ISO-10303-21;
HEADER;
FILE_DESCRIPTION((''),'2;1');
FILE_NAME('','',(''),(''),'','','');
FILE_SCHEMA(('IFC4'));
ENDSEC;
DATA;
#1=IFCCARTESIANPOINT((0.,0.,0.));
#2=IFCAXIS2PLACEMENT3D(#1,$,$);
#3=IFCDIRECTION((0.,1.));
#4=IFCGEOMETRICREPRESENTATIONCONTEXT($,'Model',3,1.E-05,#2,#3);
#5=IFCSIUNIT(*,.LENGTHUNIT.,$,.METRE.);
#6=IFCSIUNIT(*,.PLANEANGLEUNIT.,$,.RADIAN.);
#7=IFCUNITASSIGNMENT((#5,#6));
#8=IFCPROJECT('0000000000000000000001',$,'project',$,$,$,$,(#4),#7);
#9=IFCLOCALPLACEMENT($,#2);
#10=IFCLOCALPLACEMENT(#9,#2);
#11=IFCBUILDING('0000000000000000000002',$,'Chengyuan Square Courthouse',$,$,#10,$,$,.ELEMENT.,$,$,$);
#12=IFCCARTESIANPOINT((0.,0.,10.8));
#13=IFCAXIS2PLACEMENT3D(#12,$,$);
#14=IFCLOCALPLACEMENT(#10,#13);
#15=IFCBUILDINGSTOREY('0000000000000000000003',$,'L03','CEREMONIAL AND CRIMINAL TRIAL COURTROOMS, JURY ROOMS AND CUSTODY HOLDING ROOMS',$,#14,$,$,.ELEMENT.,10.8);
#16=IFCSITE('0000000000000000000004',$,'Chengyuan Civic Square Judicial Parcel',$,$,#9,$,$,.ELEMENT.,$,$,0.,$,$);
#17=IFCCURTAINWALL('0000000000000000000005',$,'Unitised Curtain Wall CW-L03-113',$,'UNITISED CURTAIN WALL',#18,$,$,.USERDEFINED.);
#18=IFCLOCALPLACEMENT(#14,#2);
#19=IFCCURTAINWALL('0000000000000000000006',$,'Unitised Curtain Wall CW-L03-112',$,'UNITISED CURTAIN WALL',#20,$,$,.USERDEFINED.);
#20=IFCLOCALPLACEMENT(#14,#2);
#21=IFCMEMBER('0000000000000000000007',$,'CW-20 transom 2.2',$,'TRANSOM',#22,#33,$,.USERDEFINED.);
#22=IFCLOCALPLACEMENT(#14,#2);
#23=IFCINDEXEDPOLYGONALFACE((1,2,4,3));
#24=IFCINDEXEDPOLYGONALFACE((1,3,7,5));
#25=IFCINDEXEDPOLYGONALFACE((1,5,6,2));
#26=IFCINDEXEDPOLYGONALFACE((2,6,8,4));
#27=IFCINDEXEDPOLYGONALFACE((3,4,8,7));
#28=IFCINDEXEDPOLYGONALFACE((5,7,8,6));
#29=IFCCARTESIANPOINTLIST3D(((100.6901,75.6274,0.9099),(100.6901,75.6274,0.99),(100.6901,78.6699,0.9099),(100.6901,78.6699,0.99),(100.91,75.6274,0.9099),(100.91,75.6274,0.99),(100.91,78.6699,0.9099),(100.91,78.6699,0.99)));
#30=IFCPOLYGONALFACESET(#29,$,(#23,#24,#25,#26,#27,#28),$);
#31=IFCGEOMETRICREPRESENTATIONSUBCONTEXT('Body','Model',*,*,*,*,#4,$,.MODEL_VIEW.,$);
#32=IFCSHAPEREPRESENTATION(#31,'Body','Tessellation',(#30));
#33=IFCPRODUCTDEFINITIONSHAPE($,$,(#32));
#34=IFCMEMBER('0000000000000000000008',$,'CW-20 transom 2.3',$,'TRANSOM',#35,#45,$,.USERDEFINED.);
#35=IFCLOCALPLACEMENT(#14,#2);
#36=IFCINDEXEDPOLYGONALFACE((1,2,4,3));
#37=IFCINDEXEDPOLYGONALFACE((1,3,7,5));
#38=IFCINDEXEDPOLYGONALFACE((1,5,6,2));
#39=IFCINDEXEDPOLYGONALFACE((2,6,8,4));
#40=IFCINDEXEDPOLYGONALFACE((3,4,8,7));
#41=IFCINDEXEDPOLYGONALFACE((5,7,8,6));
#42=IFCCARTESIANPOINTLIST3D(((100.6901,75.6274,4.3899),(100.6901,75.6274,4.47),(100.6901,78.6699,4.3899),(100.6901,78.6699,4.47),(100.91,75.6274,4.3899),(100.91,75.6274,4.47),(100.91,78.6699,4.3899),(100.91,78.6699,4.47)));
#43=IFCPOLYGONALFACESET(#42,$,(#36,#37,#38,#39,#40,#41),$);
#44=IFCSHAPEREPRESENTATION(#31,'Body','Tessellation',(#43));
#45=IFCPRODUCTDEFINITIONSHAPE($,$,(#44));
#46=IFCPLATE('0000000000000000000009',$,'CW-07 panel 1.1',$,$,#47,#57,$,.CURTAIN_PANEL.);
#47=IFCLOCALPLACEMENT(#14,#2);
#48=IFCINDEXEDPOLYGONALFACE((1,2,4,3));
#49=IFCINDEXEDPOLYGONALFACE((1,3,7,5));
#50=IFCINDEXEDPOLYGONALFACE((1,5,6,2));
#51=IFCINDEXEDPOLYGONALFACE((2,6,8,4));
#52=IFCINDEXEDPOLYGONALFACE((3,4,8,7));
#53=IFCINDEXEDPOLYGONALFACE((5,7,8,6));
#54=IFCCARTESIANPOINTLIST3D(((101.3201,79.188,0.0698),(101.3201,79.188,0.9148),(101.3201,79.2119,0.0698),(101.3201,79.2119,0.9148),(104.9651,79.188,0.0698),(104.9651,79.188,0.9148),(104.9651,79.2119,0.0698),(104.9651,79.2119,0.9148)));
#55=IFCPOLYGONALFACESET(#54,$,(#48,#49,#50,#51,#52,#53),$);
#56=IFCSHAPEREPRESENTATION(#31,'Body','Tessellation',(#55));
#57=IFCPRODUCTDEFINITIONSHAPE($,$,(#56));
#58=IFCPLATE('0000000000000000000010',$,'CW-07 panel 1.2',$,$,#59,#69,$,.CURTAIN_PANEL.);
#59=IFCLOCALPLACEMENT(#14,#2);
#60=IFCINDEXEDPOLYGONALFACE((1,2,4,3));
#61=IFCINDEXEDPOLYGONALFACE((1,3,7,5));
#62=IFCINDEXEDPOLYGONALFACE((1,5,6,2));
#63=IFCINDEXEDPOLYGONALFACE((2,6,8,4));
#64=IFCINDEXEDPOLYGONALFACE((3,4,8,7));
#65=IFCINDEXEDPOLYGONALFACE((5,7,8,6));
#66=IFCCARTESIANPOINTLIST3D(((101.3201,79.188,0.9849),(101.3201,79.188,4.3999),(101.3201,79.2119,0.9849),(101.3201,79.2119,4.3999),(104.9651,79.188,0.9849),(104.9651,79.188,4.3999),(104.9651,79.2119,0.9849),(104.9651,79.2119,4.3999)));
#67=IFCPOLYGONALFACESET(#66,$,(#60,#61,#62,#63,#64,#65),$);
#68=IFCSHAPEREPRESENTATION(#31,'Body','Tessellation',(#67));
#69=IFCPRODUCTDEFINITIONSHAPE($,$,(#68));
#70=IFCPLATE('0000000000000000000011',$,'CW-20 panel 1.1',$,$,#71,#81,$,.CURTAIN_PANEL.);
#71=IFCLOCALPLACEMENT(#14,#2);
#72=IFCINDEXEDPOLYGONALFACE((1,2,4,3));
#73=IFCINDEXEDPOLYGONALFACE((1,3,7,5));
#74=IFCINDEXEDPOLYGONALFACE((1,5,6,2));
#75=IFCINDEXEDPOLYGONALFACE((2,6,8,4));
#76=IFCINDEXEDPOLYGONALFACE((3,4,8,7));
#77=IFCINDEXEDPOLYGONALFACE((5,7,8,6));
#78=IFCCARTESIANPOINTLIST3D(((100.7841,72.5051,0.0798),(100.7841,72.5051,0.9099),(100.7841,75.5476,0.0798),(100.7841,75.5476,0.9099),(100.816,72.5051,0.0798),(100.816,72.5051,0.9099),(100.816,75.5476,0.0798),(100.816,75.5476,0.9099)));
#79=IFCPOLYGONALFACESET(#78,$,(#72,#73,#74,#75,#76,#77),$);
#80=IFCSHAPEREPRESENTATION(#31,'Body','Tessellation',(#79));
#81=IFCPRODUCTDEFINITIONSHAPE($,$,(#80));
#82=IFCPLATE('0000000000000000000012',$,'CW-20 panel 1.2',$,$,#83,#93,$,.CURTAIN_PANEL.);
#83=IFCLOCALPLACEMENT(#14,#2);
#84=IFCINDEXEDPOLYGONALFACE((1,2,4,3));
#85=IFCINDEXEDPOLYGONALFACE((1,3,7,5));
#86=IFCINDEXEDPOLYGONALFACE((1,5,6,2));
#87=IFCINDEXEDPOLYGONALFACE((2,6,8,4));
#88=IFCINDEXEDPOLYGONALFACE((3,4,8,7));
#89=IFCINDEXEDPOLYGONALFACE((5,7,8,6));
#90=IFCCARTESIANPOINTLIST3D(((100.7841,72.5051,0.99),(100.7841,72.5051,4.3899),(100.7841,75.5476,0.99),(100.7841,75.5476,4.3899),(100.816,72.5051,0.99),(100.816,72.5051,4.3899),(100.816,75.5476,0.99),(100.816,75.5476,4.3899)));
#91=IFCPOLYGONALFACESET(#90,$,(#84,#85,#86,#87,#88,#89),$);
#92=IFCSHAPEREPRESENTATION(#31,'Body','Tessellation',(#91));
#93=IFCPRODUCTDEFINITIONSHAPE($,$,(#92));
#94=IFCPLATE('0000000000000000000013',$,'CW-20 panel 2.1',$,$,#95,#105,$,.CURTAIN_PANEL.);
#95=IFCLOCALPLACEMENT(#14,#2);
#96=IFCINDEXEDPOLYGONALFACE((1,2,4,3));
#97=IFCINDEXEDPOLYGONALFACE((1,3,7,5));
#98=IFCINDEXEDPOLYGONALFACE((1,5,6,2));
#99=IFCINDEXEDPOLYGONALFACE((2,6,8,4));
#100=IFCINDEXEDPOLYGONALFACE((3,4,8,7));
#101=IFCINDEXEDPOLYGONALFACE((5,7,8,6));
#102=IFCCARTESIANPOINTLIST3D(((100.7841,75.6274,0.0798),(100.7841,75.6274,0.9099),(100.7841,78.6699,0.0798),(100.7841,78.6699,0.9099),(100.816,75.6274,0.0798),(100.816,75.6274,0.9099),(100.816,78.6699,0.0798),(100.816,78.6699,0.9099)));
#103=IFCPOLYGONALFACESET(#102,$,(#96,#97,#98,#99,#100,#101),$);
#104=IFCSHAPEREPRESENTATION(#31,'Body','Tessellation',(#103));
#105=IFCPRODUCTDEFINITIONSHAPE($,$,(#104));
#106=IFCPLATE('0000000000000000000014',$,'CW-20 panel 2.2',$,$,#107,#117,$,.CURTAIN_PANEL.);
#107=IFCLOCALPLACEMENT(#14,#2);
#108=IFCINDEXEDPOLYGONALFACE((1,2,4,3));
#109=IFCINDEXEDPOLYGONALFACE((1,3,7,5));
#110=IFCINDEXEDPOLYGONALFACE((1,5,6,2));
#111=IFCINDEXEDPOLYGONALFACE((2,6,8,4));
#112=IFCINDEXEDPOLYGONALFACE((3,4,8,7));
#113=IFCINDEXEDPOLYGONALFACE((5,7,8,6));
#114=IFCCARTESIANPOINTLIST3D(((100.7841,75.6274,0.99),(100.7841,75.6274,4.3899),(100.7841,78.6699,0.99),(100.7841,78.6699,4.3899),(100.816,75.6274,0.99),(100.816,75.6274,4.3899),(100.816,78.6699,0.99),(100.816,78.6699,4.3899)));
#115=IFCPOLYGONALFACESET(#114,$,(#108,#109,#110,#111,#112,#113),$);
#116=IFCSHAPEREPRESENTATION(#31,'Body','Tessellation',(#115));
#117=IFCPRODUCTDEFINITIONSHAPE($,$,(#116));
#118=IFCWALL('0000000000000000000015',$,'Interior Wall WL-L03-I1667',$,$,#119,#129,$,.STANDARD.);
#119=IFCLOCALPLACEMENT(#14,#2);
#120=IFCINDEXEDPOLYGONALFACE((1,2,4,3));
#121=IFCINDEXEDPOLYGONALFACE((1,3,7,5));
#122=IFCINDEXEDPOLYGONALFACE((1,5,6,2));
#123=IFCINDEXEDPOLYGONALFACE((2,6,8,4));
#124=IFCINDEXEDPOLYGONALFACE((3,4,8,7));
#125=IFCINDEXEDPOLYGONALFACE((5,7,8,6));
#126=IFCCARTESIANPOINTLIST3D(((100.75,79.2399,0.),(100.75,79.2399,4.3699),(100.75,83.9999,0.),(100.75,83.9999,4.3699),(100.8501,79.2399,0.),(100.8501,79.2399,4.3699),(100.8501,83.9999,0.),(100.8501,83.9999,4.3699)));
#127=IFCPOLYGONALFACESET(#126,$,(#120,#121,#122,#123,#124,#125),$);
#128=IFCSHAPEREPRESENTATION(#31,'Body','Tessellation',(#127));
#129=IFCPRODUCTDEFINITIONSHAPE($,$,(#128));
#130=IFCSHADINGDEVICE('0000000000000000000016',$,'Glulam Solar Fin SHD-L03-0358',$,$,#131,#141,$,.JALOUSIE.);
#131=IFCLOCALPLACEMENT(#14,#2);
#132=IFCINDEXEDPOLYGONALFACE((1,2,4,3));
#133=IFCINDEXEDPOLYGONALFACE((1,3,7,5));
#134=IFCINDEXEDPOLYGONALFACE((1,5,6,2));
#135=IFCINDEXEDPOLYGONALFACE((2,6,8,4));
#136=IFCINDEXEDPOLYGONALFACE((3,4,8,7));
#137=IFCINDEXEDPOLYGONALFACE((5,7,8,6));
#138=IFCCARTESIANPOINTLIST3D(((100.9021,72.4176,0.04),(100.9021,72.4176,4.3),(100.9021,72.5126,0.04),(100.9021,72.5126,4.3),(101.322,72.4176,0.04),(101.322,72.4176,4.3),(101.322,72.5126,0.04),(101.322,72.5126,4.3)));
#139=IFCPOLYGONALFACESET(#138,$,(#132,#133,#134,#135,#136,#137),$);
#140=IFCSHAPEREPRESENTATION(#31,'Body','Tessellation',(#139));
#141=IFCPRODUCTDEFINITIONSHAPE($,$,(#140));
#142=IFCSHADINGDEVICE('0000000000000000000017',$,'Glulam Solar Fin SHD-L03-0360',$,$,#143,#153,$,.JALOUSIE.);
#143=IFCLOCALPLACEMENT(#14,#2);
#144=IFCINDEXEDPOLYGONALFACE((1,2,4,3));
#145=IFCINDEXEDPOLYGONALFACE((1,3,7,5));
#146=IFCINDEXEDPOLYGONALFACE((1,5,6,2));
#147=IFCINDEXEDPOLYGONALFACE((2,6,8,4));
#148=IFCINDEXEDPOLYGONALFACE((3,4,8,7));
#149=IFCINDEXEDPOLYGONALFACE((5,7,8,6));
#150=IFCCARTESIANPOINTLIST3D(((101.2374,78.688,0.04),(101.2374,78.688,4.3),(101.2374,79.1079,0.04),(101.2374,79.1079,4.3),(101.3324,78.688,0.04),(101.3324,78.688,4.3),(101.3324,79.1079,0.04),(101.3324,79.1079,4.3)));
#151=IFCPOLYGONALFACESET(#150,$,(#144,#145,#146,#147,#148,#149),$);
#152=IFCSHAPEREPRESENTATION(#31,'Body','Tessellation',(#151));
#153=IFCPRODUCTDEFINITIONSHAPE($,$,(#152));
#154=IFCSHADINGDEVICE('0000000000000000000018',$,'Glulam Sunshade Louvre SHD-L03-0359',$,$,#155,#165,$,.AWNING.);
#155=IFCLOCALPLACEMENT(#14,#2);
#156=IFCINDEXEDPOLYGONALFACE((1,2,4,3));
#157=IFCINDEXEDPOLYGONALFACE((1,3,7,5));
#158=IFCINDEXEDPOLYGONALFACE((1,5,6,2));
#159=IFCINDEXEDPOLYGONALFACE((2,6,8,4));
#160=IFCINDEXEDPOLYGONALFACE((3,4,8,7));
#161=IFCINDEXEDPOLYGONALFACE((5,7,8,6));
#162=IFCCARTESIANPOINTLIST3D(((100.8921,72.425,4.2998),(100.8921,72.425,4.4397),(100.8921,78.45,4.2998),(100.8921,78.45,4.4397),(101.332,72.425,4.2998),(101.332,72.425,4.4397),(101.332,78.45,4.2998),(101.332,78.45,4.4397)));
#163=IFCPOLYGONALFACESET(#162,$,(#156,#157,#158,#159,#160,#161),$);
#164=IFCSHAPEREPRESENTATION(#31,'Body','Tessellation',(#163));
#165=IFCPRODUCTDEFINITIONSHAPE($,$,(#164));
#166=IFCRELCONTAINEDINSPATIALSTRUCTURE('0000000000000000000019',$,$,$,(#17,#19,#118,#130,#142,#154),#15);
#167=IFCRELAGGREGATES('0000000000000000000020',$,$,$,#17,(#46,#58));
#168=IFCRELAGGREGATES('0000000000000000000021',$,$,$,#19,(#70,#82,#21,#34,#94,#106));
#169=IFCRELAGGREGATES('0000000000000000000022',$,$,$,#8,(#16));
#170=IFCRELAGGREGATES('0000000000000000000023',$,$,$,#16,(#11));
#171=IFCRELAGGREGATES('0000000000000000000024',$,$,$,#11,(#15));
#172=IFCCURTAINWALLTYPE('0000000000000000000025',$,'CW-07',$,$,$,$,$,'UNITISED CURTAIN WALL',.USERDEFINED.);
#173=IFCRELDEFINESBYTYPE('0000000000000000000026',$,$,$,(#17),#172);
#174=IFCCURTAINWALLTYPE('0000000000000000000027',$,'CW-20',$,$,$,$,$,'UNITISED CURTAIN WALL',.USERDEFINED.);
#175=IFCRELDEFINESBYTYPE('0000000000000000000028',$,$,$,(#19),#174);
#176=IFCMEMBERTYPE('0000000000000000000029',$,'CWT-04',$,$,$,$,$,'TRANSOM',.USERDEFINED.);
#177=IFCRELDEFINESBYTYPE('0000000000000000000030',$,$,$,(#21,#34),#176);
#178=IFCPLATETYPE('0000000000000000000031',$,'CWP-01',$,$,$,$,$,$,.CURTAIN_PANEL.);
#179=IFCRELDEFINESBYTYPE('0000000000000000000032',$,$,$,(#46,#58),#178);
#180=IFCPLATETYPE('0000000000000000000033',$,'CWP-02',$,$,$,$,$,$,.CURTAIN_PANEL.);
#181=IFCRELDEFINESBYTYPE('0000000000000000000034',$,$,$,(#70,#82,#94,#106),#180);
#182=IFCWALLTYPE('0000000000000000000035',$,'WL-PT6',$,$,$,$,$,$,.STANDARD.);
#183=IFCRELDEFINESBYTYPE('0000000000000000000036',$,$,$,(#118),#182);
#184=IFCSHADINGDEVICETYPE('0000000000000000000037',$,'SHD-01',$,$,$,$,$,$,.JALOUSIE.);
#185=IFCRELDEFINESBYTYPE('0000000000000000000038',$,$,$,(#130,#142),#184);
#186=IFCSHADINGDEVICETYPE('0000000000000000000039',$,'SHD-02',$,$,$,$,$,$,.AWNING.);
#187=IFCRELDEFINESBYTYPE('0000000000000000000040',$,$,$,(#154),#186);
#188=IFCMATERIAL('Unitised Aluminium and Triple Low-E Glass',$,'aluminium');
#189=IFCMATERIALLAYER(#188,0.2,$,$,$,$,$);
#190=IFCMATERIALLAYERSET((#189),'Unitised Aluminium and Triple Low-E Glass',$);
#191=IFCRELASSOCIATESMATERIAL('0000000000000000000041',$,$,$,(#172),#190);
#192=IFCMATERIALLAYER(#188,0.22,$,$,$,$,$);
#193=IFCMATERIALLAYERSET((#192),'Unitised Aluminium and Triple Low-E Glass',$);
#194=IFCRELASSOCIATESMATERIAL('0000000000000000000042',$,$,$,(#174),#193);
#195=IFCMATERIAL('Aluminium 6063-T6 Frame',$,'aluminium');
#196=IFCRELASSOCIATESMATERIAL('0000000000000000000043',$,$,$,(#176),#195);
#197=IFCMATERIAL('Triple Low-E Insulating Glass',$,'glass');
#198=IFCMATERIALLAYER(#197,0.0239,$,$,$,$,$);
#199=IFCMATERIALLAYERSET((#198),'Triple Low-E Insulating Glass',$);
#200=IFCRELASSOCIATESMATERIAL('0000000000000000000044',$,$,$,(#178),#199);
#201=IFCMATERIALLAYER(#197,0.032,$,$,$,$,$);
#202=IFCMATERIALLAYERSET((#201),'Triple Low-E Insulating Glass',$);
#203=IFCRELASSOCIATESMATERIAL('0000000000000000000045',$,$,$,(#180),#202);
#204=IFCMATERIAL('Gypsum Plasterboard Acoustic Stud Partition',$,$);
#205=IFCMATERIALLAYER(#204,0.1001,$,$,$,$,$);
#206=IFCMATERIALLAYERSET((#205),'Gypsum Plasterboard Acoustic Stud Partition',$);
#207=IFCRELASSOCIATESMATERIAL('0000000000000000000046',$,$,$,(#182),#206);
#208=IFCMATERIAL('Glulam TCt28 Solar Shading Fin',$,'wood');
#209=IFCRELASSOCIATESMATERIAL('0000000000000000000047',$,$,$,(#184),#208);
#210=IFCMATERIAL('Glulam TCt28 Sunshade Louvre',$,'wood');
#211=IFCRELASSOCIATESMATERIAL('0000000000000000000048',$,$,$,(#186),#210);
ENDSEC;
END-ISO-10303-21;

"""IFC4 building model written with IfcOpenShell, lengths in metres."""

from ifc_helpers import new_model, si_unit, direction, frame, frame_2d, origin, origin_2d, place, context, subcontext, project, spatial, rectangle, extrude, material, layer, layer_set, material_profile, profile_set, type_object, element, aggregate, save


model = new_model("IFC4")

# Units and contexts
model_context = context("Model", 3, precision=1e-05, world=origin(), true_north=direction((0.0, 1.0)))
body_context = subcontext(model_context, "Body", "Model", "MODEL_VIEW")
ifc_project = project(units=[si_unit("LENGTHUNIT", "METRE"), si_unit("PLANEANGLEUNIT", "RADIAN")], contexts=[model_context])

# Site, building, storey
site_placement = place(None, origin())
site = spatial("IfcSite", under=ifc_project, at=site_placement, Name="Chengyuan Civic Square Judicial Parcel", CompositionType="ELEMENT", RefElevation=0.0)
building_placement = place(site_placement, origin())
building = spatial("IfcBuilding", under=site, at=building_placement, Name="Chengyuan Square Courthouse", CompositionType="ELEMENT")
storey_placement = place(building_placement, frame((0.0, 0.0, 10.8)))
storey = spatial("IfcBuildingStorey", under=building, at=storey_placement, Name="L03", Description="CEREMONIAL AND CRIMINAL TRIAL COURTROOMS, JURY ROOMS AND CUSTODY HOLDING ROOMS", CompositionType="ELEMENT", Elevation=10.8)

# Curtain wall
ifc_material_1 = material(Name="Unitised Aluminium and Triple Low-E Glass", Category="aluminium")
ifc_layer_1 = layer(ifc_material_1, 0.2)
ifc_layer_set_1 = layer_set([ifc_layer_1], Name="Unitised Aluminium and Triple Low-E Glass")
curtain_wall_type_1 = type_object("IfcCurtainWallType", Name="CW-07", ElementType="UNITISED CURTAIN WALL", PredefinedType="USERDEFINED", material=ifc_layer_set_1)
curtain_wall_1_placement = place(storey_placement, origin())
curtain_wall_1 = element("IfcCurtainWall", 1, at=curtain_wall_1_placement, inside=storey, type_object=curtain_wall_type_1, Name="Unitised Curtain Wall CW-L03-113", ObjectType="UNITISED CURTAIN WALL", PredefinedType="USERDEFINED")
ifc_material_2 = material(Name="Aluminium 6063-T6 Frame", Category="aluminium")

# Curtain wall
ifc_layer_2 = layer(ifc_material_1, 0.22)
ifc_layer_set_2 = layer_set([ifc_layer_2], Name="Unitised Aluminium and Triple Low-E Glass")
curtain_wall_type_2 = type_object("IfcCurtainWallType", Name="CW-20", ElementType="UNITISED CURTAIN WALL", PredefinedType="USERDEFINED", material=ifc_layer_set_2)
curtain_wall_2_placement = place(storey_placement, origin())
curtain_wall_2 = element("IfcCurtainWall", 2, at=curtain_wall_2_placement, inside=storey, type_object=curtain_wall_type_2, Name="Unitised Curtain Wall CW-L03-112", ObjectType="UNITISED CURTAIN WALL", PredefinedType="USERDEFINED")

# Members
ifc_material_profile_1 = material_profile(ifc_material_2, rectangle(XDim=0.22, YDim=0.0801, at=origin_2d()), Name="CW-TRN-80x180")
ifc_profile_set_1 = profile_set([ifc_material_profile_1], Name="Aluminium 6063-T6 Frame")
member_type_1 = type_object("IfcMemberType", Name="CWT-04", ElementType="TRANSOM", PredefinedType="USERDEFINED", material=ifc_profile_set_1)
member_1_placement = place(storey_placement, frame((100.8, 75.6274, 0.95), z_axis=(0.0, 1.0, 0.0), x_axis=(-1.0, 0.0, 0.0)))
member_1 = element("IfcMember", 3, at=member_1_placement, type_object=member_type_1, Name="CW-20 transom 2.2", ObjectType="TRANSOM", PredefinedType="USERDEFINED", context=body_context, shape_type="SweptSolid", body=[
    extrude(rectangle(XDim=0.22, YDim=0.0801, at=origin_2d()), origin(), (0.0, 0.0, 1.0), 3.0425),
])
member_2_placement = place(storey_placement, frame((100.8, 75.6274, 4.4299), z_axis=(0.0, 1.0, 0.0), x_axis=(-1.0, 0.0, 0.0)))
member_2 = element("IfcMember", 4, at=member_2_placement, type_object=member_type_1, Name="CW-20 transom 2.3", ObjectType="TRANSOM", PredefinedType="USERDEFINED", context=body_context, shape_type="SweptSolid", body=[
    extrude(rectangle(XDim=0.22, YDim=0.0801, at=origin_2d()), origin(), (0.0, 0.0, 1.0), 3.0425),
])

# Plates
ifc_material_3 = material(Name="Triple Low-E Insulating Glass", Category="glass")
ifc_layer_3 = layer(ifc_material_3, 0.0239)
ifc_layer_set_3 = layer_set([ifc_layer_3], Name="Triple Low-E Insulating Glass")
plate_type_1 = type_object("IfcPlateType", Name="CWP-01", PredefinedType="CURTAIN_PANEL", material=ifc_layer_set_3)
plate_1_placement = place(storey_placement, frame((103.1426, 79.2, 0.0698), z_axis=(0.0, 0.0, 1.0), x_axis=(1.0, 0.0, 0.0)))
plate_1 = element("IfcPlate", 5, at=plate_1_placement, type_object=plate_type_1, Name="CW-07 panel 1.1", PredefinedType="CURTAIN_PANEL", context=body_context, shape_type="SweptSolid", body=[
    extrude(rectangle(XDim=3.645, YDim=0.0239, at=origin_2d()), origin(), (0.0, 0.0, 1.0), 0.845),
])
plate_2_placement = place(storey_placement, frame((103.1426, 79.2, 0.9849), z_axis=(0.0, 0.0, 1.0), x_axis=(1.0, 0.0, 0.0)))
plate_2 = element("IfcPlate", 6, at=plate_2_placement, type_object=plate_type_1, Name="CW-07 panel 1.2", PredefinedType="CURTAIN_PANEL", context=body_context, shape_type="SweptSolid", body=[
    extrude(rectangle(XDim=3.645, YDim=0.0239, at=origin_2d()), origin(), (0.0, 0.0, 1.0), 3.415),
])
aggregate(curtain_wall_1, [plate_1, plate_2])
ifc_layer_4 = layer(ifc_material_3, 0.032)
ifc_layer_set_4 = layer_set([ifc_layer_4], Name="Triple Low-E Insulating Glass")
plate_type_2 = type_object("IfcPlateType", Name="CWP-02", PredefinedType="CURTAIN_PANEL", material=ifc_layer_set_4)
plate_3_placement = place(storey_placement, frame((100.8, 74.0264, 0.0798), z_axis=(0.0, 0.0, 1.0), x_axis=(0.0, 1.0, 0.0)))
plate_3 = element("IfcPlate", 7, at=plate_3_placement, type_object=plate_type_2, Name="CW-20 panel 1.1", PredefinedType="CURTAIN_PANEL", context=body_context, shape_type="SweptSolid", body=[
    extrude(rectangle(XDim=3.0425, YDim=0.032, at=origin_2d()), origin(), (0.0, 0.0, 1.0), 0.8301),
])
plate_4_placement = place(storey_placement, frame((100.8, 74.0264, 0.99), z_axis=(0.0, 0.0, 1.0), x_axis=(0.0, 1.0, 0.0)))
plate_4 = element("IfcPlate", 8, at=plate_4_placement, type_object=plate_type_2, Name="CW-20 panel 1.2", PredefinedType="CURTAIN_PANEL", context=body_context, shape_type="SweptSolid", body=[
    extrude(rectangle(XDim=3.0425, YDim=0.032, at=origin_2d()), origin(), (0.0, 0.0, 1.0), 3.3999),
])
plate_5_placement = place(storey_placement, frame((100.8, 77.1487, 0.0798), z_axis=(0.0, 0.0, 1.0), x_axis=(0.0, 1.0, 0.0)))
plate_5 = element("IfcPlate", 9, at=plate_5_placement, type_object=plate_type_2, Name="CW-20 panel 2.1", PredefinedType="CURTAIN_PANEL", context=body_context, shape_type="SweptSolid", body=[
    extrude(rectangle(XDim=3.0425, YDim=0.032, at=origin_2d()), origin(), (0.0, 0.0, 1.0), 0.8301),
])
plate_6_placement = place(storey_placement, frame((100.8, 77.1487, 0.99), z_axis=(0.0, 0.0, 1.0), x_axis=(0.0, 1.0, 0.0)))
plate_6 = element("IfcPlate", 10, at=plate_6_placement, type_object=plate_type_2, Name="CW-20 panel 2.2", PredefinedType="CURTAIN_PANEL", context=body_context, shape_type="SweptSolid", body=[
    extrude(rectangle(XDim=3.0425, YDim=0.032, at=origin_2d()), origin(), (0.0, 0.0, 1.0), 3.3999),
])
aggregate(curtain_wall_2, [plate_3, plate_4, member_1, member_2, plate_5, plate_6])

# Wall
ifc_material_4 = material(Name="Gypsum Plasterboard Acoustic Stud Partition")
ifc_layer_5 = layer(ifc_material_4, 0.1001)
ifc_layer_set_5 = layer_set([ifc_layer_5], Name="Gypsum Plasterboard Acoustic Stud Partition")
wall_type = type_object("IfcWallType", Name="WL-PT6", PredefinedType="STANDARD", material=ifc_layer_set_5)
wall_placement = place(storey_placement, frame((100.8, 79.24, 0.0), z_axis=(0.0, 0.0, 1.0), x_axis=(0.0, 1.0, 0.0)))
element("IfcWall", 11, at=wall_placement, inside=storey, type_object=wall_type, Name="Interior Wall WL-L03-I1667", PredefinedType="STANDARD", context=body_context, shape_type="SweptSolid", body=[
    extrude(rectangle(XDim=4.76, YDim=0.1001, at=frame_2d((2.3799, 0.0))), origin(), (0.0, 0.0, 1.0), 4.3699),
])

# Shading devices
ifc_material_5 = material(Name="Glulam TCt28 Solar Shading Fin", Category="wood")
shading_device_type_1 = type_object("IfcShadingDeviceType", Name="SHD-01", PredefinedType="JALOUSIE", material=ifc_material_5)
for number, where, z_axis, x_axis, name in (
    (12, (101.1121, 72.4651, 0.04), (0.0, 0.0, 1.0), (1.0, 0.0, 0.0), "Glulam Solar Fin SHD-L03-0358"),
    (13, (101.2849, 78.8979, 0.04), (0.0, 0.0, 1.0), (0.0, 1.0, 0.0), "Glulam Solar Fin SHD-L03-0360"),
):
    element("IfcShadingDevice", number, at=place(storey_placement, frame(where, z_axis=z_axis, x_axis=x_axis)), inside=storey, type_object=shading_device_type_1, Name=name, PredefinedType="JALOUSIE", context=body_context, shape_type="SweptSolid", body=[
        extrude(rectangle(XDim=0.4199, YDim=0.095, at=origin_2d()), origin(), (0.0, 0.0, 1.0), 4.26),
    ])
ifc_material_6 = material(Name="Glulam TCt28 Sunshade Louvre", Category="wood")
shading_device_type_2 = type_object("IfcShadingDeviceType", Name="SHD-02", PredefinedType="AWNING", material=ifc_material_6)
shading_device_placement = place(storey_placement, frame((101.1121, 75.4375, 4.2998), z_axis=(0.0, 0.0, 1.0), x_axis=(0.0, 1.0, 0.0)))
element("IfcShadingDevice", 14, at=shading_device_placement, inside=storey, type_object=shading_device_type_2, Name="Glulam Sunshade Louvre SHD-L03-0359", PredefinedType="AWNING", context=body_context, shape_type="SweptSolid", body=[
    extrude(rectangle(XDim=6.0249, YDim=0.4399, at=origin_2d()), origin(), (0.0, 0.0, 1.0), 0.1399),
])

save(model, "model.ifc")
